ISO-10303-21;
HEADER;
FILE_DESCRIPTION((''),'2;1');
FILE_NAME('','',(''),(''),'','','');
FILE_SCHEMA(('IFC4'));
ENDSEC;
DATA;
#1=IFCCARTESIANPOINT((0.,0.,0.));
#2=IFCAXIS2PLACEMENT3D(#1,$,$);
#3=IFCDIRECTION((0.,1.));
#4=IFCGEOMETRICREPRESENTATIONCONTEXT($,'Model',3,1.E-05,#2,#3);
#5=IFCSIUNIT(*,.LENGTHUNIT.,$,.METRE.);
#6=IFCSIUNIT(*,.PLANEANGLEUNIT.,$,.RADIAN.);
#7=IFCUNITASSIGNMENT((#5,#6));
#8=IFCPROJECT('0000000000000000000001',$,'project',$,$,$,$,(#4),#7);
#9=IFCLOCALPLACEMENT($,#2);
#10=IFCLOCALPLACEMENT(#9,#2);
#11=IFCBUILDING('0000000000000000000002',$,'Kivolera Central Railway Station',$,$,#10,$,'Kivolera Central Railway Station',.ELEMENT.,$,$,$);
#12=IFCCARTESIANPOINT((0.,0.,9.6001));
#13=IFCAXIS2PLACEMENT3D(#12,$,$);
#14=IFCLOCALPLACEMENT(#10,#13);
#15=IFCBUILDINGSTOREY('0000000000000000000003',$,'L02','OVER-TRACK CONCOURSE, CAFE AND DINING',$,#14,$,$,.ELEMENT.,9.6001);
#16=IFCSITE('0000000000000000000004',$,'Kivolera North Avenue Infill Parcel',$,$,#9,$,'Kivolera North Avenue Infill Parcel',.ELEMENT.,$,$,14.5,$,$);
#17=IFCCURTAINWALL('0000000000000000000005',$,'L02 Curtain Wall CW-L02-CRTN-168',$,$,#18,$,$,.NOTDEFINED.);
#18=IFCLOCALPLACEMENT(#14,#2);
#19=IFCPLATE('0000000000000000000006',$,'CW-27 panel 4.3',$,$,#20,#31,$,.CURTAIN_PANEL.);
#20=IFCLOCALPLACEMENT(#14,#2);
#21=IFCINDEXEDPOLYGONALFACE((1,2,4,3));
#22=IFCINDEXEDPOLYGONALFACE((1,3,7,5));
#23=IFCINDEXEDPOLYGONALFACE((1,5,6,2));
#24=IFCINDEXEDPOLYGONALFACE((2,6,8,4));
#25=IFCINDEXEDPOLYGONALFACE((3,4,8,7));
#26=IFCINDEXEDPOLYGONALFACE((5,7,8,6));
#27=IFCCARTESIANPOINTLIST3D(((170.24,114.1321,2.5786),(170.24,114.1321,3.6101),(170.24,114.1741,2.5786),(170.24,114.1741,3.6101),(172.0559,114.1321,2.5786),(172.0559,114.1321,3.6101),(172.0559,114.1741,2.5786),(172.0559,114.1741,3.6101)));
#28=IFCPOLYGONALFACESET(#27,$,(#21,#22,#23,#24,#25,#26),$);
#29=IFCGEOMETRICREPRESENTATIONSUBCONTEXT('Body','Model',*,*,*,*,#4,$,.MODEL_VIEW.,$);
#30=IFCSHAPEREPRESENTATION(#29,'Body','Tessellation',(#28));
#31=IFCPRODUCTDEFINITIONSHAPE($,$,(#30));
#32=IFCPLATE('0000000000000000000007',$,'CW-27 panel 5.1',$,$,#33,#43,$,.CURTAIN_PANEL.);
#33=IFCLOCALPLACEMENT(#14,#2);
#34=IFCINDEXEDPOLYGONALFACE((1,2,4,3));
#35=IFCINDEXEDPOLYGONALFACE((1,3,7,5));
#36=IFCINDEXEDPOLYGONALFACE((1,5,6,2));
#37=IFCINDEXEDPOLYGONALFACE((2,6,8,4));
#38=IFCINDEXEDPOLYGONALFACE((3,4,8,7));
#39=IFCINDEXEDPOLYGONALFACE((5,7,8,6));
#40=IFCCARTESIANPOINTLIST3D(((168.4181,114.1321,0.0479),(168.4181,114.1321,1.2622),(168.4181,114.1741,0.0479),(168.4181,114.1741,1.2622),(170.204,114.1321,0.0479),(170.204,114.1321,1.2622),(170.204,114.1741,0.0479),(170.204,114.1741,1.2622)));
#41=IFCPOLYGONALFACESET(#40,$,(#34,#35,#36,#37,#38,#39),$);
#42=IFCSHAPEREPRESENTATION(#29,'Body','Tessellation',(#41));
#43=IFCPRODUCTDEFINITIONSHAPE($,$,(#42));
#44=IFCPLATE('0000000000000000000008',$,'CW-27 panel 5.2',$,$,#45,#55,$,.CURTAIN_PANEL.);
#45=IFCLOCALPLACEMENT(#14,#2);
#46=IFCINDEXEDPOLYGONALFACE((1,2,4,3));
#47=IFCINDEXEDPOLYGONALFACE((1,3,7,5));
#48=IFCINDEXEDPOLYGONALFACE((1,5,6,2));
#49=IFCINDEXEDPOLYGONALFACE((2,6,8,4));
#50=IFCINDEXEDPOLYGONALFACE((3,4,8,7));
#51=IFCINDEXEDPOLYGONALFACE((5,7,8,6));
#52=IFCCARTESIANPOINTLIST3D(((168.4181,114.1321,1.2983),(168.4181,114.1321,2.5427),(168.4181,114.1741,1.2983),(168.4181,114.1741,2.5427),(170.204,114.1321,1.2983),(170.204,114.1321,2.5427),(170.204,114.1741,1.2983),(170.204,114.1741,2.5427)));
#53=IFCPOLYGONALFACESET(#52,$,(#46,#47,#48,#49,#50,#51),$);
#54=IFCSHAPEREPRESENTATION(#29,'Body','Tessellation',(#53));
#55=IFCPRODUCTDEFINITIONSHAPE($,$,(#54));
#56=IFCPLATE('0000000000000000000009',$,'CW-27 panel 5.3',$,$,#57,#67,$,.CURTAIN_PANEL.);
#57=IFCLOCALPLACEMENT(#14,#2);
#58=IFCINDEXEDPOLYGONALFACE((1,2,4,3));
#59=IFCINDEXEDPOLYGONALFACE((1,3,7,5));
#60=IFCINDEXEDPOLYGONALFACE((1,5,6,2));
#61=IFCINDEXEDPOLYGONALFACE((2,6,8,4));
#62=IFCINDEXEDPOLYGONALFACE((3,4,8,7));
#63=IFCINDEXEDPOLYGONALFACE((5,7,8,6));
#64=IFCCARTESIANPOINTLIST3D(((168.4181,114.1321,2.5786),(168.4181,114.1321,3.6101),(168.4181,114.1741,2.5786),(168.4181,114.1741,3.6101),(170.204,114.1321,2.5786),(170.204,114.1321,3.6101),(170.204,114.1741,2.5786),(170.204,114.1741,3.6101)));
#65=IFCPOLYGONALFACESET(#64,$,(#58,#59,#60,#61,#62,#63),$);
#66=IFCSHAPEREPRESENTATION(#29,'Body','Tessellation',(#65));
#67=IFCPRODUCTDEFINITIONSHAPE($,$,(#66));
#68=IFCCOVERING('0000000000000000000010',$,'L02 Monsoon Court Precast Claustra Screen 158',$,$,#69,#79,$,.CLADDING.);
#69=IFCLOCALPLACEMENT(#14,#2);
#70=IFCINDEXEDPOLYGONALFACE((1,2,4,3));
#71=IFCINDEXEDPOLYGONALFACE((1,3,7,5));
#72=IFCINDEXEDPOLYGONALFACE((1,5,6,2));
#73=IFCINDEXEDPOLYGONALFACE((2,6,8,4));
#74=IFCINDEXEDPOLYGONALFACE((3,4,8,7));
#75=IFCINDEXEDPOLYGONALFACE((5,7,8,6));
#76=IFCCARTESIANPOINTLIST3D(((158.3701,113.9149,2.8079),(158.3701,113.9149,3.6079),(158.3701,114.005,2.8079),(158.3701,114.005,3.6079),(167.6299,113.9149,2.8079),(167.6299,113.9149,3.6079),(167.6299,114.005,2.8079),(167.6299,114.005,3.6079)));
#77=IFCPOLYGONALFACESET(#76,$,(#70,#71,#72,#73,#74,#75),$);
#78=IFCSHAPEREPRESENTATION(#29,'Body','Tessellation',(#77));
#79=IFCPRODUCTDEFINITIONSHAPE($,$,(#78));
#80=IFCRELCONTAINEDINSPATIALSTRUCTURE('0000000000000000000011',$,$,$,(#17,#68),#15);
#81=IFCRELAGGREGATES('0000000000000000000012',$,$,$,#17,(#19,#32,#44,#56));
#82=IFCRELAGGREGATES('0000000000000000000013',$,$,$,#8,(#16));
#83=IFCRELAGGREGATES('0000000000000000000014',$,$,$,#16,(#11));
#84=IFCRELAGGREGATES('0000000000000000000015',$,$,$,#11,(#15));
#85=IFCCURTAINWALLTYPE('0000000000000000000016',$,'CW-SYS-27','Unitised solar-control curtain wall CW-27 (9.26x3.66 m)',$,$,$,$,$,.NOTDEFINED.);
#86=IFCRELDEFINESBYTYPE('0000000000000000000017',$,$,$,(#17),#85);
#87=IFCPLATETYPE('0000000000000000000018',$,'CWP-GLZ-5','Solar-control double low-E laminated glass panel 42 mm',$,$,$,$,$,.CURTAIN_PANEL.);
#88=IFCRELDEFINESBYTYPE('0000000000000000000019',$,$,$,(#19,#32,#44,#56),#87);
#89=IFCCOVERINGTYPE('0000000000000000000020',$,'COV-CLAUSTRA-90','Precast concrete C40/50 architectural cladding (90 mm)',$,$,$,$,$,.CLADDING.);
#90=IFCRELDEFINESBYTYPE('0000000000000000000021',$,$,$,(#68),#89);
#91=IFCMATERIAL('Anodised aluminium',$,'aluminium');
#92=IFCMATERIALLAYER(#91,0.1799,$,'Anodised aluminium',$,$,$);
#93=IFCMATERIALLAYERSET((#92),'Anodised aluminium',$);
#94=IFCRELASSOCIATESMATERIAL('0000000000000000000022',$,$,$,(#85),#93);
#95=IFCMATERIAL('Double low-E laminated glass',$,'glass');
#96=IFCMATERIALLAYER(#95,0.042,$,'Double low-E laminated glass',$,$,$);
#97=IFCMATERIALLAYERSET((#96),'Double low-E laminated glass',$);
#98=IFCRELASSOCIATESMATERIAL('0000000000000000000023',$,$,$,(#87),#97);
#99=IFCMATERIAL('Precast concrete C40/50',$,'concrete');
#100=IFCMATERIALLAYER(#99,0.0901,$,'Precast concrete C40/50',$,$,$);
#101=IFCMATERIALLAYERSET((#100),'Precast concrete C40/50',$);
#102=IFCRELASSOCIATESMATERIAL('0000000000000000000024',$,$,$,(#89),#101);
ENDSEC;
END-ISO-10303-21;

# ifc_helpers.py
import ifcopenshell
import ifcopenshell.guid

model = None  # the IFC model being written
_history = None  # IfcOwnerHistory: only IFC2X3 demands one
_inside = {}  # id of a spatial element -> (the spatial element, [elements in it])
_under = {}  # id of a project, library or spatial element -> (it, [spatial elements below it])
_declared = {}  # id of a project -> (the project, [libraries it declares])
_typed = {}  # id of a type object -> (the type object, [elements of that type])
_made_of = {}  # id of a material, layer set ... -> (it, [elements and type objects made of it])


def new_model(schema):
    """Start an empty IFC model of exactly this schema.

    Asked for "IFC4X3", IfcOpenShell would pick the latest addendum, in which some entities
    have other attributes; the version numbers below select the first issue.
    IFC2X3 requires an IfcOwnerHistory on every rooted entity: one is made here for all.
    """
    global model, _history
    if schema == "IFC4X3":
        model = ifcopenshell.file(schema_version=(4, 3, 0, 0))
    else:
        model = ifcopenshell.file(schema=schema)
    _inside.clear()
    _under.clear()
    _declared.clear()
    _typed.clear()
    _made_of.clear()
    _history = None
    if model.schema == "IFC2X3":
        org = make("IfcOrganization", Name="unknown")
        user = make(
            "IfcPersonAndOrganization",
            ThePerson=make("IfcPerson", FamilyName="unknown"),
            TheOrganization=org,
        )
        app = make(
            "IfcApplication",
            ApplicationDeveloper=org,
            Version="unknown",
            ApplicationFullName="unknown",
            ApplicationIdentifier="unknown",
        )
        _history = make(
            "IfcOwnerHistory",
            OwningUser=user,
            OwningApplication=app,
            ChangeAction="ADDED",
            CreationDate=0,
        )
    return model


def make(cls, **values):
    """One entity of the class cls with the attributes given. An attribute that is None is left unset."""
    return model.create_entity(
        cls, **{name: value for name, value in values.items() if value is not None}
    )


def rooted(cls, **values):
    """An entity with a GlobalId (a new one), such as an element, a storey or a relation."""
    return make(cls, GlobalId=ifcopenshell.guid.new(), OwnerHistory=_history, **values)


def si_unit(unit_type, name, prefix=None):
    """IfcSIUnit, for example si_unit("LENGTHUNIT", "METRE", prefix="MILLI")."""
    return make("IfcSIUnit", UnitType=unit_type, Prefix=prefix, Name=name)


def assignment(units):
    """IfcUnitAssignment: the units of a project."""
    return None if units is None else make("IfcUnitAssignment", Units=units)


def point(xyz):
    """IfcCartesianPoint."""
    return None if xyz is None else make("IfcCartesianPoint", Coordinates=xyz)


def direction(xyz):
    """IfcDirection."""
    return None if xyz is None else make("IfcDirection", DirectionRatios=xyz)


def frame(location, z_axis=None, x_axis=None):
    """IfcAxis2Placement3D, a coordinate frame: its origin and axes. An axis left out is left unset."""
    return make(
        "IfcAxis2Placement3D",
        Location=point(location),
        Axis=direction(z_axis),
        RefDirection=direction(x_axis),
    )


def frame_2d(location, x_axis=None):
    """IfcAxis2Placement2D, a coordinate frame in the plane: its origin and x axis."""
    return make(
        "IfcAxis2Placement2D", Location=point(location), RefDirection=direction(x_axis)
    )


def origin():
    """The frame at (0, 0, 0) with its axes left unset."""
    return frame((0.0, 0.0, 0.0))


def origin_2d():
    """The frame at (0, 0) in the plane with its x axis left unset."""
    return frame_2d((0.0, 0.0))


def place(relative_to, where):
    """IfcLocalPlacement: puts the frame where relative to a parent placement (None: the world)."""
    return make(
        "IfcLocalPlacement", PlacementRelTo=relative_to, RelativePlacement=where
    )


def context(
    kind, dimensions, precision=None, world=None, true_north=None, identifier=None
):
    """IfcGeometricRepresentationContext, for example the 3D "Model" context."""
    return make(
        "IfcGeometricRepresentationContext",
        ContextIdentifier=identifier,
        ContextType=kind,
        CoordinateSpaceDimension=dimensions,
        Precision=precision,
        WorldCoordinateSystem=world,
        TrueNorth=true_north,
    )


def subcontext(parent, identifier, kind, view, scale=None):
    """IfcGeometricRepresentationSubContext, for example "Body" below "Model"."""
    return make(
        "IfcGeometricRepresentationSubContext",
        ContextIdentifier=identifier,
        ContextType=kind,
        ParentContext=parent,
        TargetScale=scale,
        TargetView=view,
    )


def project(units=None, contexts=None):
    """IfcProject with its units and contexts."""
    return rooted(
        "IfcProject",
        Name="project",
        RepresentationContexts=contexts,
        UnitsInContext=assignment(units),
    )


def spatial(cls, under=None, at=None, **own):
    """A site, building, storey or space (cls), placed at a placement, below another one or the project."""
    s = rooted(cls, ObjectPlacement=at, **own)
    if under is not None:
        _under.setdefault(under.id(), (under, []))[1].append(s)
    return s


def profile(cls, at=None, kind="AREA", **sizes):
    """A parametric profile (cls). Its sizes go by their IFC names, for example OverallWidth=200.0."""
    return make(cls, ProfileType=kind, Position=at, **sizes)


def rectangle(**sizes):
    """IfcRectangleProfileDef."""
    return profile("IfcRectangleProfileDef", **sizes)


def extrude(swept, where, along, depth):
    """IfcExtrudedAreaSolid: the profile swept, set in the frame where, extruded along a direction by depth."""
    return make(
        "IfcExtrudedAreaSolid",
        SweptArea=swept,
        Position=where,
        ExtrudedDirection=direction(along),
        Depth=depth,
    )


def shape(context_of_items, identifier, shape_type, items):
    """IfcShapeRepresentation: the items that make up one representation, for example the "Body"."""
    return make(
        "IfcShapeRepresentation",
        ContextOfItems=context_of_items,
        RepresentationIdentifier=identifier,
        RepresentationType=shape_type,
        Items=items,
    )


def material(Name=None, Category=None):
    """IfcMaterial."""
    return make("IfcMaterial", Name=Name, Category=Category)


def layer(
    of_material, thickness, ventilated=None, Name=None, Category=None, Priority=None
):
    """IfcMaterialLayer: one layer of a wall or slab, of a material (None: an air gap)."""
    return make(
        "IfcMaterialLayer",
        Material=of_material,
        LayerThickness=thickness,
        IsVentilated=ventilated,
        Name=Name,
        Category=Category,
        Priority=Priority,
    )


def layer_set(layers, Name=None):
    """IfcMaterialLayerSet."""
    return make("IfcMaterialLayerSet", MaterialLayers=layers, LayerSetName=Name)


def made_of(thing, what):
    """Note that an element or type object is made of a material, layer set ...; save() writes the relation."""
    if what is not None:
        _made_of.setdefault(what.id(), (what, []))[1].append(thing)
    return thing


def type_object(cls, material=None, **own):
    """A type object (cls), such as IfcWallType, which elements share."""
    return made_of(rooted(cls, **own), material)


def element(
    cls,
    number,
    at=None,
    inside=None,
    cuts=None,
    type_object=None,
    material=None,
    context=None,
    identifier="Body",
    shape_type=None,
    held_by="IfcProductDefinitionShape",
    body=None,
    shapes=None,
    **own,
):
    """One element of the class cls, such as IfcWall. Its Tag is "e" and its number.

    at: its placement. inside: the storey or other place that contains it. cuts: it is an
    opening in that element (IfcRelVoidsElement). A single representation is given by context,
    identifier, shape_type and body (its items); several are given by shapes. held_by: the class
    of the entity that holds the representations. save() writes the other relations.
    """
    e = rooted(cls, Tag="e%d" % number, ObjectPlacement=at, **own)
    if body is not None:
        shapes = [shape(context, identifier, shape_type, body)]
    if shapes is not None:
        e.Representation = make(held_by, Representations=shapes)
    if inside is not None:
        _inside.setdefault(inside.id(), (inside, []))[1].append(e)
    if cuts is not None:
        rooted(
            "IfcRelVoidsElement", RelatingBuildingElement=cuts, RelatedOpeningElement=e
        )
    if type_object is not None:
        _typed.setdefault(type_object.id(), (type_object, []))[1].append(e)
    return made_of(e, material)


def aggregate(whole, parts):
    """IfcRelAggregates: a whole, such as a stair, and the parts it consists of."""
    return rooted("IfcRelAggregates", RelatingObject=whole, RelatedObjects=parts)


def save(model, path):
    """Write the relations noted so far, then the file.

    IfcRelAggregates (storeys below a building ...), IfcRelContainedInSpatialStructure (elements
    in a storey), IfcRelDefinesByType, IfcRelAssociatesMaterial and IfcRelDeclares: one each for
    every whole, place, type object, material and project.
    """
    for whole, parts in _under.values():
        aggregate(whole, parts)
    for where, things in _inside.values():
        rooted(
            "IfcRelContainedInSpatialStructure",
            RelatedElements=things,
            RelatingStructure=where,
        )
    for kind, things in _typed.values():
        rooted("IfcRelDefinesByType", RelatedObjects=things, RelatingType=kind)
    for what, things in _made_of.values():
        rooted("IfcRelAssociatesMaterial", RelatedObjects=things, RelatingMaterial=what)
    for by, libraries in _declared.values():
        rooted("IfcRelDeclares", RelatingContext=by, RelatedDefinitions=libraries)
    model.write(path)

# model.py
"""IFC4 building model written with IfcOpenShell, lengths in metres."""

from ifc_helpers import new_model, si_unit, direction, frame, frame_2d, origin, origin_2d, place, context, subcontext, project, spatial, rectangle, extrude, material, layer, layer_set, type_object, element, aggregate, save


model = new_model("IFC4")

# Units and contexts
model_context = context("Model", 3, precision=1e-05, world=origin(), true_north=direction((0.0, 1.0)))
body_context = subcontext(model_context, "Body", "Model", "MODEL_VIEW")
ifc_project = project(units=[si_unit("LENGTHUNIT", "METRE"), si_unit("PLANEANGLEUNIT", "RADIAN")], contexts=[model_context])

# Site, building, storey
site_placement = place(None, origin())
site = spatial("IfcSite", under=ifc_project, at=site_placement, Name="Kivolera North Avenue Infill Parcel", LongName="Kivolera North Avenue Infill Parcel", CompositionType="ELEMENT", RefElevation=14.5)
building_placement = place(site_placement, origin())
building = spatial("IfcBuilding", under=site, at=building_placement, Name="Kivolera Central Railway Station", LongName="Kivolera Central Railway Station", CompositionType="ELEMENT")
storey_placement = place(building_placement, frame((0.0, 0.0, 9.6001)))
storey = spatial("IfcBuildingStorey", under=building, at=storey_placement, Name="L02", Description="OVER-TRACK CONCOURSE, CAFE AND DINING", CompositionType="ELEMENT", Elevation=9.6001)

# Curtain wall
ifc_material_1 = material(Name="Anodised aluminium", Category="aluminium")
ifc_layer_1 = layer(ifc_material_1, 0.1799, Name="Anodised aluminium")
ifc_layer_set_1 = layer_set([ifc_layer_1], Name="Anodised aluminium")
curtain_wall_type = type_object("IfcCurtainWallType", Name="CW-SYS-27", Description="Unitised solar-control curtain wall CW-27 (9.26x3.66 m)", PredefinedType="NOTDEFINED", material=ifc_layer_set_1)
curtain_wall_1_placement = place(storey_placement, origin())
curtain_wall_1 = element("IfcCurtainWall", 1, at=curtain_wall_1_placement, inside=storey, type_object=curtain_wall_type, Name="L02 Curtain Wall CW-L02-CRTN-168", PredefinedType="NOTDEFINED")

# Plates
ifc_material_2 = material(Name="Double low-E laminated glass", Category="glass")
ifc_layer_2 = layer(ifc_material_2, 0.042, Name="Double low-E laminated glass")
ifc_layer_set_2 = layer_set([ifc_layer_2], Name="Double low-E laminated glass")
plate_type_1 = type_object("IfcPlateType", Name="CWP-GLZ-5", Description="Solar-control double low-E laminated glass panel 42 mm", PredefinedType="CURTAIN_PANEL", material=ifc_layer_set_2)
plate_1_placement = place(storey_placement, frame((171.1479, 114.1531, 2.5786), z_axis=(0.0, 0.0, 1.0), x_axis=(-1.0, 0.0, 0.0)))
plate_1 = element("IfcPlate", 2, at=plate_1_placement, type_object=plate_type_1, Name="CW-27 panel 4.3", PredefinedType="CURTAIN_PANEL", context=body_context, shape_type="SweptSolid", body=[
    extrude(rectangle(XDim=1.8159, YDim=0.042, at=origin_2d()), origin(), (0.0, 0.0, 1.0), 1.0315),
])
plate_2_placement = place(storey_placement, frame((169.311, 114.1531, 0.0479), z_axis=(0.0, 0.0, 1.0), x_axis=(-1.0, 0.0, 0.0)))
plate_2 = element("IfcPlate", 3, at=plate_2_placement, type_object=plate_type_1, Name="CW-27 panel 5.1", PredefinedType="CURTAIN_PANEL", context=body_context, shape_type="SweptSolid", body=[
    extrude(rectangle(XDim=1.7859, YDim=0.042, at=origin_2d()), origin(), (0.0, 0.0, 1.0), 1.2144),
])
plate_3_placement = place(storey_placement, frame((169.311, 114.1531, 1.2983), z_axis=(0.0, 0.0, 1.0), x_axis=(-1.0, 0.0, 0.0)))
plate_3 = element("IfcPlate", 4, at=plate_3_placement, type_object=plate_type_1, Name="CW-27 panel 5.2", PredefinedType="CURTAIN_PANEL", context=body_context, shape_type="SweptSolid", body=[
    extrude(rectangle(XDim=1.7859, YDim=0.042, at=origin_2d()), origin(), (0.0, 0.0, 1.0), 1.2444),
])
plate_4_placement = place(storey_placement, frame((169.311, 114.1531, 2.5786), z_axis=(0.0, 0.0, 1.0), x_axis=(-1.0, 0.0, 0.0)))
plate_4 = element("IfcPlate", 5, at=plate_4_placement, type_object=plate_type_1, Name="CW-27 panel 5.3", PredefinedType="CURTAIN_PANEL", context=body_context, shape_type="SweptSolid", body=[
    extrude(rectangle(XDim=1.7859, YDim=0.042, at=origin_2d()), origin(), (0.0, 0.0, 1.0), 1.0315),
])
aggregate(curtain_wall_1, [plate_1, plate_2, plate_3, plate_4])

# Covering
ifc_material_3 = material(Name="Precast concrete C40/50", Category="concrete")
ifc_layer_3 = layer(ifc_material_3, 0.0901, Name="Precast concrete C40/50")
ifc_layer_set_3 = layer_set([ifc_layer_3], Name="Precast concrete C40/50")
covering_type = type_object("IfcCoveringType", Name="COV-CLAUSTRA-90", Description="Precast concrete C40/50 architectural cladding (90 mm)", PredefinedType="CLADDING", material=ifc_layer_set_3)
covering_placement = place(storey_placement, frame((167.6299, 113.96, 2.8079), z_axis=(0.0, 0.0, 1.0), x_axis=(-1.0, 0.0, 0.0)))
element("IfcCovering", 6, at=covering_placement, inside=storey, type_object=covering_type, Name="L02 Monsoon Court Precast Claustra Screen 158", PredefinedType="CLADDING", context=body_context, shape_type="SweptSolid", body=[
    extrude(rectangle(XDim=9.2598, YDim=0.0901, at=frame_2d((4.6299, 0.0))), origin(), (0.0, 0.0, 1.0), 0.8),
])

save(model, "model.ifc")
